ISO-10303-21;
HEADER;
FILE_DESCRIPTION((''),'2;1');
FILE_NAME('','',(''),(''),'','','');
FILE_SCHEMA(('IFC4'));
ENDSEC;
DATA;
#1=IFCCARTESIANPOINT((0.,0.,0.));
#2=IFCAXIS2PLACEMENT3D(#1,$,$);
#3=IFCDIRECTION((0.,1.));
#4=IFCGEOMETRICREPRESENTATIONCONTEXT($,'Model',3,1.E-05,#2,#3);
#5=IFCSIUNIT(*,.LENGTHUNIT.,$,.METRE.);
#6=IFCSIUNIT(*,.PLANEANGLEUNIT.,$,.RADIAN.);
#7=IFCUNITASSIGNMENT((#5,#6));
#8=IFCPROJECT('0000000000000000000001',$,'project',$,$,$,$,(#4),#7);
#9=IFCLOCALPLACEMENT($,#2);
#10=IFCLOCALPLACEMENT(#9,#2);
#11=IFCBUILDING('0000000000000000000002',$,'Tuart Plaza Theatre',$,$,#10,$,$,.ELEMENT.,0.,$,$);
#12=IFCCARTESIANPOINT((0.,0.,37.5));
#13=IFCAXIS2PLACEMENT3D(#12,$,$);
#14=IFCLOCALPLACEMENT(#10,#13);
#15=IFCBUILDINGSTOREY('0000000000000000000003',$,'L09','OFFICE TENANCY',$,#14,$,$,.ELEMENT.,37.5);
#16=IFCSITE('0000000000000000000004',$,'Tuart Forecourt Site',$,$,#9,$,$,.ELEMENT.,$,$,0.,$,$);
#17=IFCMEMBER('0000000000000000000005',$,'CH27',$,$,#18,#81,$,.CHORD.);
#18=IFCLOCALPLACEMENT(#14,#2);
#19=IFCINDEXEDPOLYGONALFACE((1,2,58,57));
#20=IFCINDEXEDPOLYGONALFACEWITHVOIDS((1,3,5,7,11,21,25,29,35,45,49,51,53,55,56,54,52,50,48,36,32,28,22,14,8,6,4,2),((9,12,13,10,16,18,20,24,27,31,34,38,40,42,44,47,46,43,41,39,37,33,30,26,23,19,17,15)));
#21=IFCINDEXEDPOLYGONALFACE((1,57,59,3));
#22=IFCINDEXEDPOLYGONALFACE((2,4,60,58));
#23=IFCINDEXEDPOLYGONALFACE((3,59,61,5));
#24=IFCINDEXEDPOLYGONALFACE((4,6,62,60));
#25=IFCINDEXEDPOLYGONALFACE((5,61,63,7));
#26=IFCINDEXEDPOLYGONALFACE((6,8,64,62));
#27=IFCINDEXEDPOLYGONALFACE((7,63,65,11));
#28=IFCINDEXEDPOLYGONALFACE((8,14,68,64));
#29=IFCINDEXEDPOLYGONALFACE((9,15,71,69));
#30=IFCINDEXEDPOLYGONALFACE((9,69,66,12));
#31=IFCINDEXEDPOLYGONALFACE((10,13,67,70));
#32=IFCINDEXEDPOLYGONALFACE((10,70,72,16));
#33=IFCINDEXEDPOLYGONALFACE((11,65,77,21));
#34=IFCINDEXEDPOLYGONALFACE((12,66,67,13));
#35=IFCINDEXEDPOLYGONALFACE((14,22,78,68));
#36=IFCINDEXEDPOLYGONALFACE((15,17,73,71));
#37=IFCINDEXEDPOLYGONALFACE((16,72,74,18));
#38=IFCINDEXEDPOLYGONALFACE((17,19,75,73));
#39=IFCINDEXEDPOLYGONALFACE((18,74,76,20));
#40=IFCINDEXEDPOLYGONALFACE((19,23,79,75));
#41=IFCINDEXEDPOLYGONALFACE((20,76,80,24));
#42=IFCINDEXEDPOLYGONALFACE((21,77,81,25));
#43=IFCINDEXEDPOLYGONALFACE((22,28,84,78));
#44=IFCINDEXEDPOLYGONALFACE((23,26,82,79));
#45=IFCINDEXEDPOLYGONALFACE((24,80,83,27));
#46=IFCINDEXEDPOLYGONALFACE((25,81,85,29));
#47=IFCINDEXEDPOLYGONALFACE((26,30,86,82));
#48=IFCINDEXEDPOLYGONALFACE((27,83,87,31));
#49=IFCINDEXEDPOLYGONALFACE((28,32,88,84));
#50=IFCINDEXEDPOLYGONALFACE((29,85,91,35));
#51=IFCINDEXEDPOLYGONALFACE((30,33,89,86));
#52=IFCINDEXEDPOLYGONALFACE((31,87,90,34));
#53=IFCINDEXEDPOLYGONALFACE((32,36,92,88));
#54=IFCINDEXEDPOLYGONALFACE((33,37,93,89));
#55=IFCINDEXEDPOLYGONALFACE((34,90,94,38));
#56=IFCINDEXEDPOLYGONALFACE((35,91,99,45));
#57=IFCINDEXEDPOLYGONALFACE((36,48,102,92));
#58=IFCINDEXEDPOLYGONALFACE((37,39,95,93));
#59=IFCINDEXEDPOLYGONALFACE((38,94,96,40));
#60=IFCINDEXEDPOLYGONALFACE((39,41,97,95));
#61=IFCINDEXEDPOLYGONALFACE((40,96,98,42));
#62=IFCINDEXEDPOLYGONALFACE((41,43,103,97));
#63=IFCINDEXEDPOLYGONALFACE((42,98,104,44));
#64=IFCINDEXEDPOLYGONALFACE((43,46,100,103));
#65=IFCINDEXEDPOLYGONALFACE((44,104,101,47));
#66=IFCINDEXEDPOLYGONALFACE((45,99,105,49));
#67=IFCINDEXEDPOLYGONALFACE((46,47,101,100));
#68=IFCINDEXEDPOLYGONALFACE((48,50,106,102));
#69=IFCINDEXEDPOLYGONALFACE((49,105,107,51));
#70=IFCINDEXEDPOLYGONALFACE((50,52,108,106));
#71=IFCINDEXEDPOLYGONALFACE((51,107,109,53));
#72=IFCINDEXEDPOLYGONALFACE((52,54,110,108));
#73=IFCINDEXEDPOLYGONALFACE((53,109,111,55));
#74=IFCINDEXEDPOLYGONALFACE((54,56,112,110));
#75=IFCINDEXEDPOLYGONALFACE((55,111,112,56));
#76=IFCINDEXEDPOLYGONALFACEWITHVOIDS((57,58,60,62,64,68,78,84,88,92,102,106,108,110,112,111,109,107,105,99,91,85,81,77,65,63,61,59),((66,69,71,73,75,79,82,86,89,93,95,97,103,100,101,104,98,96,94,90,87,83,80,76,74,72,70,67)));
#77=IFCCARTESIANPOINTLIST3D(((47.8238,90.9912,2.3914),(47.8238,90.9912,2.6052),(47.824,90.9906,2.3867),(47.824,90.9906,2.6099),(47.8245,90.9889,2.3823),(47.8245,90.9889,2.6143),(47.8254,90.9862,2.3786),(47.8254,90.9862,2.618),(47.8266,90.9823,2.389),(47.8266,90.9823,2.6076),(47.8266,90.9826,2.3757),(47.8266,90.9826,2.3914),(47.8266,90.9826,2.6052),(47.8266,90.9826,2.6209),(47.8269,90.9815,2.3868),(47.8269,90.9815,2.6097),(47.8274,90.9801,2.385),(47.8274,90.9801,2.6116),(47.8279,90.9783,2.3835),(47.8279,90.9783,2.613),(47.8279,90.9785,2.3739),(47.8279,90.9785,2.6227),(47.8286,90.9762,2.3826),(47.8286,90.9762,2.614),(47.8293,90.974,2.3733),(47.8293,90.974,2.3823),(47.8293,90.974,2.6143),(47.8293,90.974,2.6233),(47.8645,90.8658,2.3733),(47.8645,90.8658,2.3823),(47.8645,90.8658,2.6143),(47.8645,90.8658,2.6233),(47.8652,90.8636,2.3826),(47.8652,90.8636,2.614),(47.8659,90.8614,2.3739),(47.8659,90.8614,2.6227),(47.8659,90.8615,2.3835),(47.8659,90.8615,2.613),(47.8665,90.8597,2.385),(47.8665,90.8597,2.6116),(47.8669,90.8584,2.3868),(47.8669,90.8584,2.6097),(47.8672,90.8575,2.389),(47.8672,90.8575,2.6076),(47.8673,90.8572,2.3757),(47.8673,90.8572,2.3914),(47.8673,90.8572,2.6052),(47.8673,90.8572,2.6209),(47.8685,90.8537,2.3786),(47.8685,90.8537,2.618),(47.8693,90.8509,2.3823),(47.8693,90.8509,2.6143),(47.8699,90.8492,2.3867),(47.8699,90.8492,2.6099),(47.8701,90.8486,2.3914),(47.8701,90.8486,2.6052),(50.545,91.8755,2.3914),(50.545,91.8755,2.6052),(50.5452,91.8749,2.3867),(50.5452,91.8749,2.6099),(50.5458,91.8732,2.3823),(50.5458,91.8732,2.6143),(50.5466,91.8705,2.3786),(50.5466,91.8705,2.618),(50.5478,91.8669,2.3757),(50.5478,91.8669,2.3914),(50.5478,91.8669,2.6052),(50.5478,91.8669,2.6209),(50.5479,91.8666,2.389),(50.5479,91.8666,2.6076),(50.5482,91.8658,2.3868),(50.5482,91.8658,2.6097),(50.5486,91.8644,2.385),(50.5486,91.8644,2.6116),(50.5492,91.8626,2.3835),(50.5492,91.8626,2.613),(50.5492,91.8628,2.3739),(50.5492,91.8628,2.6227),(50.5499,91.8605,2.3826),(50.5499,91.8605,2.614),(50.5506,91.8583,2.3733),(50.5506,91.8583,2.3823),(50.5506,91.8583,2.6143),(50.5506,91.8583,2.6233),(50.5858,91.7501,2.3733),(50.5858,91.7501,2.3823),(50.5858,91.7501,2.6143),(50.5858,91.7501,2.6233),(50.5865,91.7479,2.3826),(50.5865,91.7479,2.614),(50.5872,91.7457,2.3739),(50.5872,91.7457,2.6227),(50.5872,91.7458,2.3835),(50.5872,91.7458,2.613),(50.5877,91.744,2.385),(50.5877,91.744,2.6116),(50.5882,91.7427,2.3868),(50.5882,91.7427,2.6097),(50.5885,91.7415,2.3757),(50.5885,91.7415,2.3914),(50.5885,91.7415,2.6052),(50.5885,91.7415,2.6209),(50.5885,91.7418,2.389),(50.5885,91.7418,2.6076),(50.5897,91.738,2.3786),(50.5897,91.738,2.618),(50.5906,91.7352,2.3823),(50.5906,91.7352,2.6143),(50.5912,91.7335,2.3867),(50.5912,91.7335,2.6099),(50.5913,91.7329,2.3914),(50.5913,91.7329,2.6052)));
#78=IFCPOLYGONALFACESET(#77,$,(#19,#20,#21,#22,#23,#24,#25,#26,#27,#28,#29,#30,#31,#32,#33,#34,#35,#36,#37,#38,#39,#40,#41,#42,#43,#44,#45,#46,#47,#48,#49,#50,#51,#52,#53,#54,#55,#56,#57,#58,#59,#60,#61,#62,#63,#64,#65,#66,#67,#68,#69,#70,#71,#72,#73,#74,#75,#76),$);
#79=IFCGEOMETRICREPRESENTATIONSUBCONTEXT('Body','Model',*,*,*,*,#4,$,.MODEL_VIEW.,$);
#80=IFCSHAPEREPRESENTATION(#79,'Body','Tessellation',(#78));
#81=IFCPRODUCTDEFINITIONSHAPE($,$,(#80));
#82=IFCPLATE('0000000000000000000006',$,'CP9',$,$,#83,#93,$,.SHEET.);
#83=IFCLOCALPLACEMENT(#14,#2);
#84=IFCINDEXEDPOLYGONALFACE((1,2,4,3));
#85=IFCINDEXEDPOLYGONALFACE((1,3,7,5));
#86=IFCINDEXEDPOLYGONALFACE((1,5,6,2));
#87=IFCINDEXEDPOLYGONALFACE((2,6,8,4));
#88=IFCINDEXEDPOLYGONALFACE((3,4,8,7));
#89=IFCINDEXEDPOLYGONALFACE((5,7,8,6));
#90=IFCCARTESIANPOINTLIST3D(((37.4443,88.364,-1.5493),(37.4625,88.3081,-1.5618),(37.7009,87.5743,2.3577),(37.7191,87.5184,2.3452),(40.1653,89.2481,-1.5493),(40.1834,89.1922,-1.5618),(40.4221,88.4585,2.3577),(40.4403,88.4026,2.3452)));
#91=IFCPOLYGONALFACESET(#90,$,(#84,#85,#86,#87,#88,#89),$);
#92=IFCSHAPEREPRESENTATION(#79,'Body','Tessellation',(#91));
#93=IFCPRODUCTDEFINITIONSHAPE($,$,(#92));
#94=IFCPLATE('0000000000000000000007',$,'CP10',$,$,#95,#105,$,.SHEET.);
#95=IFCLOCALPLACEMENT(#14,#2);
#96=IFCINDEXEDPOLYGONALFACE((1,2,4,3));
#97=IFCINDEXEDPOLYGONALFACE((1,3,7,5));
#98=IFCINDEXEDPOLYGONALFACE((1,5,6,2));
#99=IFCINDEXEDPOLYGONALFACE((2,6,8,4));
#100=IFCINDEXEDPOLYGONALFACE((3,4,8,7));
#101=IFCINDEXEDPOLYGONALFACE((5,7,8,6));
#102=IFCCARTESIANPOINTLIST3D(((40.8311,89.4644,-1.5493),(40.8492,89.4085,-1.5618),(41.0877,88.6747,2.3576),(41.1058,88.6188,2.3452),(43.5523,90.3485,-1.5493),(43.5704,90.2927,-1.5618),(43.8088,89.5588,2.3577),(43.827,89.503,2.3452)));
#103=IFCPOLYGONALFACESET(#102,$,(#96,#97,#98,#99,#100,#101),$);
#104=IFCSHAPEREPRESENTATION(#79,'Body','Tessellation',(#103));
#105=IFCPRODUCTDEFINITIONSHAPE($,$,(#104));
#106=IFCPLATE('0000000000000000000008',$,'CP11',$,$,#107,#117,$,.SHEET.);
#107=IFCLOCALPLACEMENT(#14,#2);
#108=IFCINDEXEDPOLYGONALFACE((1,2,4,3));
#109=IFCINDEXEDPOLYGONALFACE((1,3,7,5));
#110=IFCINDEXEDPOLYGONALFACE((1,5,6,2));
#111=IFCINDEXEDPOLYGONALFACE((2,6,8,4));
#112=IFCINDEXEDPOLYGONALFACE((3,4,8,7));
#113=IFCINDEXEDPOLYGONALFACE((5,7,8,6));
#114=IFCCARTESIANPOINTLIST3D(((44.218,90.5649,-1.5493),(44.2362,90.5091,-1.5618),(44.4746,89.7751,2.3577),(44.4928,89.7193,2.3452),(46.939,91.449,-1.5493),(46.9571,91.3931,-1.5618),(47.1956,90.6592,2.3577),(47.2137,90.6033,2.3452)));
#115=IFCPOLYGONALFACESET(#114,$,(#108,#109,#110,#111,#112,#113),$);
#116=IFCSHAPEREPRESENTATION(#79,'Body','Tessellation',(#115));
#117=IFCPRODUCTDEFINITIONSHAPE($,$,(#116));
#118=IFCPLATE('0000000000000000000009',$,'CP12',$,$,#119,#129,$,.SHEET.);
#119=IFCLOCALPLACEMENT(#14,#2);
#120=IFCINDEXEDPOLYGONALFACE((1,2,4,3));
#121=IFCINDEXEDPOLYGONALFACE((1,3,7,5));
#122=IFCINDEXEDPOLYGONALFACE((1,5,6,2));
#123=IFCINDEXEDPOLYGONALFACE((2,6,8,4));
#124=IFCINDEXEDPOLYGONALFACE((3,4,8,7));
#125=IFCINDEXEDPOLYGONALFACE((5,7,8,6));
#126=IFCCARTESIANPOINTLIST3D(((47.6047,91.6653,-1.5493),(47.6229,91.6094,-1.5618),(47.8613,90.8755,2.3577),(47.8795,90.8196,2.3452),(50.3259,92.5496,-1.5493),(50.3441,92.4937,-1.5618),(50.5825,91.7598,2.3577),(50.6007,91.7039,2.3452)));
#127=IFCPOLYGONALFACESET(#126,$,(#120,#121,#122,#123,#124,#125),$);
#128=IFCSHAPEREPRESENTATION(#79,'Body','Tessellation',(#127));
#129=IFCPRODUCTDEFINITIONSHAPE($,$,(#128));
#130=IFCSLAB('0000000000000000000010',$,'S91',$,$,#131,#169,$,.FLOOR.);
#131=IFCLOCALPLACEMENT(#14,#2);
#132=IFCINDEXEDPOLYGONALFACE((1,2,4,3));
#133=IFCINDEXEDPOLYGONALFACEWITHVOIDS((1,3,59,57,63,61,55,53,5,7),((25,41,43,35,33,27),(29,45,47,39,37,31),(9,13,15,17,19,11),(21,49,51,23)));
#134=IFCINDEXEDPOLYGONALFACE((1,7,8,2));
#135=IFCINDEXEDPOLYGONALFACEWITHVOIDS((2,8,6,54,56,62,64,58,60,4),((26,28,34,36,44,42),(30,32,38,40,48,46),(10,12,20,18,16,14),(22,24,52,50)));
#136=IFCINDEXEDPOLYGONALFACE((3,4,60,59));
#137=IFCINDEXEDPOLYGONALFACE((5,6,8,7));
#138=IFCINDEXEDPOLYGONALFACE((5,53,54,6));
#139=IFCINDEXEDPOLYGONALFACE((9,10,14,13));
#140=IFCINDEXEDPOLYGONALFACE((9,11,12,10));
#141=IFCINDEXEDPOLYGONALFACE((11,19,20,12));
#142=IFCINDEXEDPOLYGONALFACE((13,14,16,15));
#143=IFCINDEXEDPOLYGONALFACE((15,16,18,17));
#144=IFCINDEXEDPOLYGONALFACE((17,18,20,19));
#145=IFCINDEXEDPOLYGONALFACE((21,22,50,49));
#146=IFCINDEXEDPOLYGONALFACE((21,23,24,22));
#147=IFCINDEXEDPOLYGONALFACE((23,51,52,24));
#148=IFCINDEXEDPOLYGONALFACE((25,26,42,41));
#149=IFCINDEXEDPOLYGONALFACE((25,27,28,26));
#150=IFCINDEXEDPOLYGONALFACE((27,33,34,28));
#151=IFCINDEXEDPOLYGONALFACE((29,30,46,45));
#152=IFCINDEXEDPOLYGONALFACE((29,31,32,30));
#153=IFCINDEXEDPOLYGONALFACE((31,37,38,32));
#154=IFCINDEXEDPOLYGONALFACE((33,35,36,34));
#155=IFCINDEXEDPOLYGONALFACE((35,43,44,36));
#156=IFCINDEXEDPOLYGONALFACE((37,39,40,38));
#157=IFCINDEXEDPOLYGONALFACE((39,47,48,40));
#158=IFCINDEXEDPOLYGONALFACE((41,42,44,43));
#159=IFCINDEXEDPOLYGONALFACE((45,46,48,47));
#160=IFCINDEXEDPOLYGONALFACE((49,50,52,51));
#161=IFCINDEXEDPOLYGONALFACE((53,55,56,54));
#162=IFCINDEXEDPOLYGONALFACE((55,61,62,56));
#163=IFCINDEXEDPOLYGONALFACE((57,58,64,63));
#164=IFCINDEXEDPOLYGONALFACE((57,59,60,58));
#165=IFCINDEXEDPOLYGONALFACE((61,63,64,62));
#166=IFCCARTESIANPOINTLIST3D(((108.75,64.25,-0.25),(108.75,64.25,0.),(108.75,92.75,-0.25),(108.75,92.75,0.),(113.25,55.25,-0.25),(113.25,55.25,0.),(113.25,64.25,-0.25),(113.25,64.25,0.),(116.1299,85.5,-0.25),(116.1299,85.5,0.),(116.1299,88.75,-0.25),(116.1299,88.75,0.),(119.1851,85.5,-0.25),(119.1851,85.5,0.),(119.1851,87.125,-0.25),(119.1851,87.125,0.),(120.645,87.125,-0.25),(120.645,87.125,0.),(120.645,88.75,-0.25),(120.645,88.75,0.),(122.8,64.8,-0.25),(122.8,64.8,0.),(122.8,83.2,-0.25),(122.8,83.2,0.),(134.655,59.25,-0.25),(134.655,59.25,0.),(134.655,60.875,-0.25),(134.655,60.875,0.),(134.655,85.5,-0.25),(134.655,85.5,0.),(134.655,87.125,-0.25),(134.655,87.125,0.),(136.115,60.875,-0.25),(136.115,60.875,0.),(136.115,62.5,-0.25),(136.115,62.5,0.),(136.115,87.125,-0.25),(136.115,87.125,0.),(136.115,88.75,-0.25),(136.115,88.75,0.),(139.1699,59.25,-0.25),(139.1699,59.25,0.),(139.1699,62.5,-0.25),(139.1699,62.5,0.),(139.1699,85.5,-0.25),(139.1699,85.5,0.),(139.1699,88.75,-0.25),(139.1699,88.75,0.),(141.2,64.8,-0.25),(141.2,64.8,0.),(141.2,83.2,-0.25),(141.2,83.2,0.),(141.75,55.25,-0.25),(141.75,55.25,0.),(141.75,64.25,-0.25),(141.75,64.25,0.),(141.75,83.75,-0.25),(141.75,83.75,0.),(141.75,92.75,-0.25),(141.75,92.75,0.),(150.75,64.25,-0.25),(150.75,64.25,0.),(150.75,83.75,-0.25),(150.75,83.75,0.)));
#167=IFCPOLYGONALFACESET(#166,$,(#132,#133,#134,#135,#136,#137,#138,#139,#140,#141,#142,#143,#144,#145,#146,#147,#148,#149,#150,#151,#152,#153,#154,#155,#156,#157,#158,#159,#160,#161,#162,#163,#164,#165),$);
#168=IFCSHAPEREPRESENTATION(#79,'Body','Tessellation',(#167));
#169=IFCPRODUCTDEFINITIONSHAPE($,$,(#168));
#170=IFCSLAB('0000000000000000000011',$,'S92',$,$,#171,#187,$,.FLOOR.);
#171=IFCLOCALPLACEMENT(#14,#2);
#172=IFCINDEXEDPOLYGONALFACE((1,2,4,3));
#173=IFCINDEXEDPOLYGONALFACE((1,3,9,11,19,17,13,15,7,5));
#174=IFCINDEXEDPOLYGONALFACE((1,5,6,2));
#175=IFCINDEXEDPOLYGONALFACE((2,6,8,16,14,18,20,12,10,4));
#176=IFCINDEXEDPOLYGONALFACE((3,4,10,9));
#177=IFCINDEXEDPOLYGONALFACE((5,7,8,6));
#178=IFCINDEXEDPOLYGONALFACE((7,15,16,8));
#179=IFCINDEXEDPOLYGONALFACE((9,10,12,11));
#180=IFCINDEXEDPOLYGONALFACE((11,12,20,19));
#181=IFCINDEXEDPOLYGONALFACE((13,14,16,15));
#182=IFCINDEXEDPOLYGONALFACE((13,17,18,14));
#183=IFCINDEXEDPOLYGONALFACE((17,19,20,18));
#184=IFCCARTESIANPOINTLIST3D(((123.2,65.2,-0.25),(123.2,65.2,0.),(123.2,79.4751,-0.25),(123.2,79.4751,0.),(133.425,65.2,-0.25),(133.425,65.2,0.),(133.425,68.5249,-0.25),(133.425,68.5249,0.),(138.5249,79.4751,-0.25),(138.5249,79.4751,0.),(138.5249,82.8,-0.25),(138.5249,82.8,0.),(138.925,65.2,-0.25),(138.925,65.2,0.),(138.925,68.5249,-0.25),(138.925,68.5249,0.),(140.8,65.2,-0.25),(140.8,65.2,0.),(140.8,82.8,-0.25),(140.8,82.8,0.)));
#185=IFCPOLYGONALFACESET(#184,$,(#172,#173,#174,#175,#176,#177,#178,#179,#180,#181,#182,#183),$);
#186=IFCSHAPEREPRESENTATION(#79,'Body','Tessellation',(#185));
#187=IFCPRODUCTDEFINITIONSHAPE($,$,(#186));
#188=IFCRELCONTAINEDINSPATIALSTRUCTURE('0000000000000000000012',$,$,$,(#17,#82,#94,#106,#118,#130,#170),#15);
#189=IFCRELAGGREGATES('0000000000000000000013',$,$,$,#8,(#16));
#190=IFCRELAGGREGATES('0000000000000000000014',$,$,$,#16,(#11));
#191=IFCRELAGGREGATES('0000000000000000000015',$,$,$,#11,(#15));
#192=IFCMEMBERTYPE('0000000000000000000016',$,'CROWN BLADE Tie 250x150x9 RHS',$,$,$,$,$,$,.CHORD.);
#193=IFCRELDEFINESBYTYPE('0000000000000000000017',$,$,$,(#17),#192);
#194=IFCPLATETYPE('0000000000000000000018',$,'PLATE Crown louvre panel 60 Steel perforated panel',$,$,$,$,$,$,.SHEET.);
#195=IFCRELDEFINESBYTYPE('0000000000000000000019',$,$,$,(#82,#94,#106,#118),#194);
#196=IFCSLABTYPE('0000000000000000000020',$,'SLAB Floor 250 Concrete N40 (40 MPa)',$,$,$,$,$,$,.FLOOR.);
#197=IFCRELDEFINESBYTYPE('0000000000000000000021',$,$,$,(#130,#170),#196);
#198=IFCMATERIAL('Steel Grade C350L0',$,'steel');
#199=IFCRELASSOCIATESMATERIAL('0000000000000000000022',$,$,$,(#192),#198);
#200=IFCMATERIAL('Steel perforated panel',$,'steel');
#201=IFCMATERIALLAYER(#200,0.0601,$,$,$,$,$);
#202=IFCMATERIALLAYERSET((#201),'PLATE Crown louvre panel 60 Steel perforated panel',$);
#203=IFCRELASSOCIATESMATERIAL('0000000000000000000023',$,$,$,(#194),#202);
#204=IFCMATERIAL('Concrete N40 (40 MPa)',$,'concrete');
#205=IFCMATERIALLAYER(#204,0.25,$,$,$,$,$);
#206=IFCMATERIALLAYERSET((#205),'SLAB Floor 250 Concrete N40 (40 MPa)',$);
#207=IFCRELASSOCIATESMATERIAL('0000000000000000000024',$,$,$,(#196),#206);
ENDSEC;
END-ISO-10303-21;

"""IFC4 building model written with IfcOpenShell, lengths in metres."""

from ifc_helpers import new_model, si_unit, direction, frame, origin, origin_2d, place, context, subcontext, project, spatial, polyline, hollow_rectangle, outline, extrude, material, layer, layer_set, material_profile, profile_set, type_object, element, save


model = new_model("IFC4")

# Units and contexts
model_context = context("Model", 3, precision=1e-05, world=origin(), true_north=direction((0.0, 1.0)))
body_context = subcontext(model_context, "Body", "Model", "MODEL_VIEW")
ifc_project = project(units=[si_unit("LENGTHUNIT", "METRE"), si_unit("PLANEANGLEUNIT", "RADIAN")], contexts=[model_context])

# Site, building, storey
site_placement = place(None, origin())
site = spatial("IfcSite", under=ifc_project, at=site_placement, Name="Tuart Forecourt Site", CompositionType="ELEMENT", RefElevation=0.0)
building_placement = place(site_placement, origin())
building = spatial("IfcBuilding", under=site, at=building_placement, Name="Tuart Plaza Theatre", CompositionType="ELEMENT", ElevationOfRefHeight=0.0)
storey_placement = place(building_placement, frame((0.0, 0.0, 37.5)))
storey = spatial("IfcBuildingStorey", under=building, at=storey_placement, Name="L09", Description="OFFICE TENANCY", CompositionType="ELEMENT", Elevation=37.5)

# Member
ifc_material_1 = material(Name="Steel Grade C350L0", Category="steel")
ifc_material_profile_1 = material_profile(ifc_material_1, hollow_rectangle(XDim=0.1499, YDim=0.25, WallThickness=0.009, InnerFilletRadius=0.009, OuterFilletRadius=0.0181, at=origin_2d()), Name="250x150x9 RHS")
ifc_profile_set_1 = profile_set([ifc_material_profile_1], Name="Steel Grade C350L0")
member_type_1 = type_object("IfcMemberType", Name="CROWN BLADE Tie 250x150x9 RHS", PredefinedType="CHORD", material=ifc_profile_set_1)
member_1_placement = place(storey_placement, frame((47.8469, 90.9199, 2.4983), z_axis=(0.951045, 0.309051, 0.0), x_axis=(-0.309051, 0.951045, 0.0)))
element("IfcMember", 1, at=member_1_placement, inside=storey, type_object=member_type_1, Name="CH27", PredefinedType="CHORD", context=body_context, shape_type="SweptSolid", body=[
    extrude(hollow_rectangle(XDim=0.1499, YDim=0.25, WallThickness=0.009, InnerFilletRadius=0.009, OuterFilletRadius=0.0181, at=origin_2d()), origin(), (0.0, 0.0, 1.0), 2.8613),
])

# Plates
ifc_material_2 = material(Name="Steel perforated panel", Category="steel")
ifc_layer_1 = layer(ifc_material_2, 0.0601)
ifc_layer_set_1 = layer_set([ifc_layer_1], Name="PLATE Crown louvre panel 60 Steel perforated panel")
plate_type = type_object("IfcPlateType", Name="PLATE Crown louvre panel 60 Steel perforated panel", PredefinedType="SHEET", material=ifc_layer_set_1)
plate_1_placement = place(storey_placement, frame((37.4443, 88.364, -1.5493), z_axis=(-0.302274, 0.930276, 0.207887), x_axis=(0.951054, 0.309024, 0.000006)))
element("IfcPlate", 2, at=plate_1_placement, inside=storey, type_object=plate_type, Name="CP9", PredefinedType="SHEET", context=body_context, shape_type="SweptSolid", body=[
    extrude(outline(polyline([(0.0, 0.0), (2.861, 0.0), (2.8613, -3.9942), (0.0, -3.9943), (0.0, 0.0)])), origin(), (0.0, 0.0, -1.0), 0.0601),
])
plate_2_placement = place(storey_placement, frame((40.8311, 89.4644, -1.5493), z_axis=(-0.302262, 0.930282, 0.207878), x_axis=(0.951057, 0.309014, -0.000008)))
element("IfcPlate", 3, at=plate_2_placement, inside=storey, type_object=plate_type, Name="CP10", PredefinedType="SHEET", context=body_context, shape_type="SweptSolid", body=[
    extrude(outline(polyline([(0.0, 0.0), (2.8613, 0.0), (2.8612, -3.9943), (0.0, -3.9942), (0.0, 0.0)])), origin(), (0.0, 0.0, -1.0), 0.0601),
])
plate_3_placement = place(storey_placement, frame((44.218, 90.5649, -1.5493), z_axis=(-0.302247, 0.93028, 0.207906), x_axis=(0.951062, 0.308999, 0.0)))
element("IfcPlate", 4, at=plate_3_placement, inside=storey, type_object=plate_type, Name="CP11", PredefinedType="SHEET", context=body_context, shape_type="SweptSolid", body=[
    extrude(outline(polyline([(0.0, 0.0), (2.861, 0.0), (2.8609, -3.9943), (0.0, -3.9943), (0.0, 0.0)])), origin(), (0.0, 0.0, -1.0), 0.0601),
])
plate_4_placement = place(storey_placement, frame((47.6047, 91.6653, -1.5493), z_axis=(-0.302298, 0.930264, 0.207906), x_axis=(0.951045, 0.309051, 0.0)))
element("IfcPlate", 5, at=plate_4_placement, inside=storey, type_object=plate_type, Name="CP12", PredefinedType="SHEET", context=body_context, shape_type="SweptSolid", body=[
    extrude(outline(polyline([(0.0, 0.0), (2.8613, 0.0), (2.8612, -3.9943), (-0.0001, -3.9943), (0.0, 0.0)])), origin(), (0.0, 0.0, -1.0), 0.0601),
])

# Slabs
ifc_material_3 = material(Name="Concrete N40 (40 MPa)", Category="concrete")
ifc_layer_2 = layer(ifc_material_3, 0.25)
ifc_layer_set_2 = layer_set([ifc_layer_2], Name="SLAB Floor 250 Concrete N40 (40 MPa)")
slab_type_1 = type_object("IfcSlabType", Name="SLAB Floor 250 Concrete N40 (40 MPa)", PredefinedType="FLOOR", material=ifc_layer_set_2)
slab_1_placement = place(storey_placement, frame((0.0, 0.0, -0.25)))
element("IfcSlab", 6, at=slab_1_placement, inside=storey, type_object=slab_type_1, Name="S91", PredefinedType="FLOOR", context=body_context, shape_type="SweptSolid", body=[
    extrude(outline(polyline([(141.75, 83.75), (141.75, 92.75), (108.75, 92.75), (108.75, 64.25), (113.25, 64.25), (113.25, 55.25), (141.75, 55.25), (141.75, 64.25), (150.75, 64.25), (150.75, 83.75), (141.75, 83.75)]), holes=[polyline([(141.2, 64.8), (141.2, 83.2), (122.8, 83.2), (122.8, 64.8), (141.2, 64.8)]), polyline([(136.115, 62.5), (136.115, 60.875), (134.655, 60.875), (134.655, 59.25), (139.1699, 59.25), (139.1699, 62.5), (136.115, 62.5)]), polyline([(139.1699, 88.75), (136.115, 88.75), (136.115, 87.125), (134.655, 87.125), (134.655, 85.5), (139.1699, 85.5), (139.1699, 88.75)]), polyline([(116.1299, 88.75), (116.1299, 85.5), (119.1851, 85.5), (119.1851, 87.125), (120.645, 87.125), (120.645, 88.75), (116.1299, 88.75)])]), origin(), (0.0, 0.0, 1.0), 0.25),
])
slab_2_placement = place(storey_placement, frame((0.0, 0.0, -0.25)))
element("IfcSlab", 7, at=slab_2_placement, inside=storey, type_object=slab_type_1, Name="S92", PredefinedType="FLOOR", context=body_context, shape_type="SweptSolid", body=[
    extrude(outline(polyline([(123.2, 65.2), (133.425, 65.2), (133.425, 68.5249), (138.925, 68.5249), (138.925, 65.2), (140.8, 65.2), (140.8, 82.8), (138.5249, 82.8), (138.5249, 79.4751), (123.2, 79.4751), (123.2, 65.2)])), origin(), (0.0, 0.0, 1.0), 0.25),
])

save(model, "model.ifc")
